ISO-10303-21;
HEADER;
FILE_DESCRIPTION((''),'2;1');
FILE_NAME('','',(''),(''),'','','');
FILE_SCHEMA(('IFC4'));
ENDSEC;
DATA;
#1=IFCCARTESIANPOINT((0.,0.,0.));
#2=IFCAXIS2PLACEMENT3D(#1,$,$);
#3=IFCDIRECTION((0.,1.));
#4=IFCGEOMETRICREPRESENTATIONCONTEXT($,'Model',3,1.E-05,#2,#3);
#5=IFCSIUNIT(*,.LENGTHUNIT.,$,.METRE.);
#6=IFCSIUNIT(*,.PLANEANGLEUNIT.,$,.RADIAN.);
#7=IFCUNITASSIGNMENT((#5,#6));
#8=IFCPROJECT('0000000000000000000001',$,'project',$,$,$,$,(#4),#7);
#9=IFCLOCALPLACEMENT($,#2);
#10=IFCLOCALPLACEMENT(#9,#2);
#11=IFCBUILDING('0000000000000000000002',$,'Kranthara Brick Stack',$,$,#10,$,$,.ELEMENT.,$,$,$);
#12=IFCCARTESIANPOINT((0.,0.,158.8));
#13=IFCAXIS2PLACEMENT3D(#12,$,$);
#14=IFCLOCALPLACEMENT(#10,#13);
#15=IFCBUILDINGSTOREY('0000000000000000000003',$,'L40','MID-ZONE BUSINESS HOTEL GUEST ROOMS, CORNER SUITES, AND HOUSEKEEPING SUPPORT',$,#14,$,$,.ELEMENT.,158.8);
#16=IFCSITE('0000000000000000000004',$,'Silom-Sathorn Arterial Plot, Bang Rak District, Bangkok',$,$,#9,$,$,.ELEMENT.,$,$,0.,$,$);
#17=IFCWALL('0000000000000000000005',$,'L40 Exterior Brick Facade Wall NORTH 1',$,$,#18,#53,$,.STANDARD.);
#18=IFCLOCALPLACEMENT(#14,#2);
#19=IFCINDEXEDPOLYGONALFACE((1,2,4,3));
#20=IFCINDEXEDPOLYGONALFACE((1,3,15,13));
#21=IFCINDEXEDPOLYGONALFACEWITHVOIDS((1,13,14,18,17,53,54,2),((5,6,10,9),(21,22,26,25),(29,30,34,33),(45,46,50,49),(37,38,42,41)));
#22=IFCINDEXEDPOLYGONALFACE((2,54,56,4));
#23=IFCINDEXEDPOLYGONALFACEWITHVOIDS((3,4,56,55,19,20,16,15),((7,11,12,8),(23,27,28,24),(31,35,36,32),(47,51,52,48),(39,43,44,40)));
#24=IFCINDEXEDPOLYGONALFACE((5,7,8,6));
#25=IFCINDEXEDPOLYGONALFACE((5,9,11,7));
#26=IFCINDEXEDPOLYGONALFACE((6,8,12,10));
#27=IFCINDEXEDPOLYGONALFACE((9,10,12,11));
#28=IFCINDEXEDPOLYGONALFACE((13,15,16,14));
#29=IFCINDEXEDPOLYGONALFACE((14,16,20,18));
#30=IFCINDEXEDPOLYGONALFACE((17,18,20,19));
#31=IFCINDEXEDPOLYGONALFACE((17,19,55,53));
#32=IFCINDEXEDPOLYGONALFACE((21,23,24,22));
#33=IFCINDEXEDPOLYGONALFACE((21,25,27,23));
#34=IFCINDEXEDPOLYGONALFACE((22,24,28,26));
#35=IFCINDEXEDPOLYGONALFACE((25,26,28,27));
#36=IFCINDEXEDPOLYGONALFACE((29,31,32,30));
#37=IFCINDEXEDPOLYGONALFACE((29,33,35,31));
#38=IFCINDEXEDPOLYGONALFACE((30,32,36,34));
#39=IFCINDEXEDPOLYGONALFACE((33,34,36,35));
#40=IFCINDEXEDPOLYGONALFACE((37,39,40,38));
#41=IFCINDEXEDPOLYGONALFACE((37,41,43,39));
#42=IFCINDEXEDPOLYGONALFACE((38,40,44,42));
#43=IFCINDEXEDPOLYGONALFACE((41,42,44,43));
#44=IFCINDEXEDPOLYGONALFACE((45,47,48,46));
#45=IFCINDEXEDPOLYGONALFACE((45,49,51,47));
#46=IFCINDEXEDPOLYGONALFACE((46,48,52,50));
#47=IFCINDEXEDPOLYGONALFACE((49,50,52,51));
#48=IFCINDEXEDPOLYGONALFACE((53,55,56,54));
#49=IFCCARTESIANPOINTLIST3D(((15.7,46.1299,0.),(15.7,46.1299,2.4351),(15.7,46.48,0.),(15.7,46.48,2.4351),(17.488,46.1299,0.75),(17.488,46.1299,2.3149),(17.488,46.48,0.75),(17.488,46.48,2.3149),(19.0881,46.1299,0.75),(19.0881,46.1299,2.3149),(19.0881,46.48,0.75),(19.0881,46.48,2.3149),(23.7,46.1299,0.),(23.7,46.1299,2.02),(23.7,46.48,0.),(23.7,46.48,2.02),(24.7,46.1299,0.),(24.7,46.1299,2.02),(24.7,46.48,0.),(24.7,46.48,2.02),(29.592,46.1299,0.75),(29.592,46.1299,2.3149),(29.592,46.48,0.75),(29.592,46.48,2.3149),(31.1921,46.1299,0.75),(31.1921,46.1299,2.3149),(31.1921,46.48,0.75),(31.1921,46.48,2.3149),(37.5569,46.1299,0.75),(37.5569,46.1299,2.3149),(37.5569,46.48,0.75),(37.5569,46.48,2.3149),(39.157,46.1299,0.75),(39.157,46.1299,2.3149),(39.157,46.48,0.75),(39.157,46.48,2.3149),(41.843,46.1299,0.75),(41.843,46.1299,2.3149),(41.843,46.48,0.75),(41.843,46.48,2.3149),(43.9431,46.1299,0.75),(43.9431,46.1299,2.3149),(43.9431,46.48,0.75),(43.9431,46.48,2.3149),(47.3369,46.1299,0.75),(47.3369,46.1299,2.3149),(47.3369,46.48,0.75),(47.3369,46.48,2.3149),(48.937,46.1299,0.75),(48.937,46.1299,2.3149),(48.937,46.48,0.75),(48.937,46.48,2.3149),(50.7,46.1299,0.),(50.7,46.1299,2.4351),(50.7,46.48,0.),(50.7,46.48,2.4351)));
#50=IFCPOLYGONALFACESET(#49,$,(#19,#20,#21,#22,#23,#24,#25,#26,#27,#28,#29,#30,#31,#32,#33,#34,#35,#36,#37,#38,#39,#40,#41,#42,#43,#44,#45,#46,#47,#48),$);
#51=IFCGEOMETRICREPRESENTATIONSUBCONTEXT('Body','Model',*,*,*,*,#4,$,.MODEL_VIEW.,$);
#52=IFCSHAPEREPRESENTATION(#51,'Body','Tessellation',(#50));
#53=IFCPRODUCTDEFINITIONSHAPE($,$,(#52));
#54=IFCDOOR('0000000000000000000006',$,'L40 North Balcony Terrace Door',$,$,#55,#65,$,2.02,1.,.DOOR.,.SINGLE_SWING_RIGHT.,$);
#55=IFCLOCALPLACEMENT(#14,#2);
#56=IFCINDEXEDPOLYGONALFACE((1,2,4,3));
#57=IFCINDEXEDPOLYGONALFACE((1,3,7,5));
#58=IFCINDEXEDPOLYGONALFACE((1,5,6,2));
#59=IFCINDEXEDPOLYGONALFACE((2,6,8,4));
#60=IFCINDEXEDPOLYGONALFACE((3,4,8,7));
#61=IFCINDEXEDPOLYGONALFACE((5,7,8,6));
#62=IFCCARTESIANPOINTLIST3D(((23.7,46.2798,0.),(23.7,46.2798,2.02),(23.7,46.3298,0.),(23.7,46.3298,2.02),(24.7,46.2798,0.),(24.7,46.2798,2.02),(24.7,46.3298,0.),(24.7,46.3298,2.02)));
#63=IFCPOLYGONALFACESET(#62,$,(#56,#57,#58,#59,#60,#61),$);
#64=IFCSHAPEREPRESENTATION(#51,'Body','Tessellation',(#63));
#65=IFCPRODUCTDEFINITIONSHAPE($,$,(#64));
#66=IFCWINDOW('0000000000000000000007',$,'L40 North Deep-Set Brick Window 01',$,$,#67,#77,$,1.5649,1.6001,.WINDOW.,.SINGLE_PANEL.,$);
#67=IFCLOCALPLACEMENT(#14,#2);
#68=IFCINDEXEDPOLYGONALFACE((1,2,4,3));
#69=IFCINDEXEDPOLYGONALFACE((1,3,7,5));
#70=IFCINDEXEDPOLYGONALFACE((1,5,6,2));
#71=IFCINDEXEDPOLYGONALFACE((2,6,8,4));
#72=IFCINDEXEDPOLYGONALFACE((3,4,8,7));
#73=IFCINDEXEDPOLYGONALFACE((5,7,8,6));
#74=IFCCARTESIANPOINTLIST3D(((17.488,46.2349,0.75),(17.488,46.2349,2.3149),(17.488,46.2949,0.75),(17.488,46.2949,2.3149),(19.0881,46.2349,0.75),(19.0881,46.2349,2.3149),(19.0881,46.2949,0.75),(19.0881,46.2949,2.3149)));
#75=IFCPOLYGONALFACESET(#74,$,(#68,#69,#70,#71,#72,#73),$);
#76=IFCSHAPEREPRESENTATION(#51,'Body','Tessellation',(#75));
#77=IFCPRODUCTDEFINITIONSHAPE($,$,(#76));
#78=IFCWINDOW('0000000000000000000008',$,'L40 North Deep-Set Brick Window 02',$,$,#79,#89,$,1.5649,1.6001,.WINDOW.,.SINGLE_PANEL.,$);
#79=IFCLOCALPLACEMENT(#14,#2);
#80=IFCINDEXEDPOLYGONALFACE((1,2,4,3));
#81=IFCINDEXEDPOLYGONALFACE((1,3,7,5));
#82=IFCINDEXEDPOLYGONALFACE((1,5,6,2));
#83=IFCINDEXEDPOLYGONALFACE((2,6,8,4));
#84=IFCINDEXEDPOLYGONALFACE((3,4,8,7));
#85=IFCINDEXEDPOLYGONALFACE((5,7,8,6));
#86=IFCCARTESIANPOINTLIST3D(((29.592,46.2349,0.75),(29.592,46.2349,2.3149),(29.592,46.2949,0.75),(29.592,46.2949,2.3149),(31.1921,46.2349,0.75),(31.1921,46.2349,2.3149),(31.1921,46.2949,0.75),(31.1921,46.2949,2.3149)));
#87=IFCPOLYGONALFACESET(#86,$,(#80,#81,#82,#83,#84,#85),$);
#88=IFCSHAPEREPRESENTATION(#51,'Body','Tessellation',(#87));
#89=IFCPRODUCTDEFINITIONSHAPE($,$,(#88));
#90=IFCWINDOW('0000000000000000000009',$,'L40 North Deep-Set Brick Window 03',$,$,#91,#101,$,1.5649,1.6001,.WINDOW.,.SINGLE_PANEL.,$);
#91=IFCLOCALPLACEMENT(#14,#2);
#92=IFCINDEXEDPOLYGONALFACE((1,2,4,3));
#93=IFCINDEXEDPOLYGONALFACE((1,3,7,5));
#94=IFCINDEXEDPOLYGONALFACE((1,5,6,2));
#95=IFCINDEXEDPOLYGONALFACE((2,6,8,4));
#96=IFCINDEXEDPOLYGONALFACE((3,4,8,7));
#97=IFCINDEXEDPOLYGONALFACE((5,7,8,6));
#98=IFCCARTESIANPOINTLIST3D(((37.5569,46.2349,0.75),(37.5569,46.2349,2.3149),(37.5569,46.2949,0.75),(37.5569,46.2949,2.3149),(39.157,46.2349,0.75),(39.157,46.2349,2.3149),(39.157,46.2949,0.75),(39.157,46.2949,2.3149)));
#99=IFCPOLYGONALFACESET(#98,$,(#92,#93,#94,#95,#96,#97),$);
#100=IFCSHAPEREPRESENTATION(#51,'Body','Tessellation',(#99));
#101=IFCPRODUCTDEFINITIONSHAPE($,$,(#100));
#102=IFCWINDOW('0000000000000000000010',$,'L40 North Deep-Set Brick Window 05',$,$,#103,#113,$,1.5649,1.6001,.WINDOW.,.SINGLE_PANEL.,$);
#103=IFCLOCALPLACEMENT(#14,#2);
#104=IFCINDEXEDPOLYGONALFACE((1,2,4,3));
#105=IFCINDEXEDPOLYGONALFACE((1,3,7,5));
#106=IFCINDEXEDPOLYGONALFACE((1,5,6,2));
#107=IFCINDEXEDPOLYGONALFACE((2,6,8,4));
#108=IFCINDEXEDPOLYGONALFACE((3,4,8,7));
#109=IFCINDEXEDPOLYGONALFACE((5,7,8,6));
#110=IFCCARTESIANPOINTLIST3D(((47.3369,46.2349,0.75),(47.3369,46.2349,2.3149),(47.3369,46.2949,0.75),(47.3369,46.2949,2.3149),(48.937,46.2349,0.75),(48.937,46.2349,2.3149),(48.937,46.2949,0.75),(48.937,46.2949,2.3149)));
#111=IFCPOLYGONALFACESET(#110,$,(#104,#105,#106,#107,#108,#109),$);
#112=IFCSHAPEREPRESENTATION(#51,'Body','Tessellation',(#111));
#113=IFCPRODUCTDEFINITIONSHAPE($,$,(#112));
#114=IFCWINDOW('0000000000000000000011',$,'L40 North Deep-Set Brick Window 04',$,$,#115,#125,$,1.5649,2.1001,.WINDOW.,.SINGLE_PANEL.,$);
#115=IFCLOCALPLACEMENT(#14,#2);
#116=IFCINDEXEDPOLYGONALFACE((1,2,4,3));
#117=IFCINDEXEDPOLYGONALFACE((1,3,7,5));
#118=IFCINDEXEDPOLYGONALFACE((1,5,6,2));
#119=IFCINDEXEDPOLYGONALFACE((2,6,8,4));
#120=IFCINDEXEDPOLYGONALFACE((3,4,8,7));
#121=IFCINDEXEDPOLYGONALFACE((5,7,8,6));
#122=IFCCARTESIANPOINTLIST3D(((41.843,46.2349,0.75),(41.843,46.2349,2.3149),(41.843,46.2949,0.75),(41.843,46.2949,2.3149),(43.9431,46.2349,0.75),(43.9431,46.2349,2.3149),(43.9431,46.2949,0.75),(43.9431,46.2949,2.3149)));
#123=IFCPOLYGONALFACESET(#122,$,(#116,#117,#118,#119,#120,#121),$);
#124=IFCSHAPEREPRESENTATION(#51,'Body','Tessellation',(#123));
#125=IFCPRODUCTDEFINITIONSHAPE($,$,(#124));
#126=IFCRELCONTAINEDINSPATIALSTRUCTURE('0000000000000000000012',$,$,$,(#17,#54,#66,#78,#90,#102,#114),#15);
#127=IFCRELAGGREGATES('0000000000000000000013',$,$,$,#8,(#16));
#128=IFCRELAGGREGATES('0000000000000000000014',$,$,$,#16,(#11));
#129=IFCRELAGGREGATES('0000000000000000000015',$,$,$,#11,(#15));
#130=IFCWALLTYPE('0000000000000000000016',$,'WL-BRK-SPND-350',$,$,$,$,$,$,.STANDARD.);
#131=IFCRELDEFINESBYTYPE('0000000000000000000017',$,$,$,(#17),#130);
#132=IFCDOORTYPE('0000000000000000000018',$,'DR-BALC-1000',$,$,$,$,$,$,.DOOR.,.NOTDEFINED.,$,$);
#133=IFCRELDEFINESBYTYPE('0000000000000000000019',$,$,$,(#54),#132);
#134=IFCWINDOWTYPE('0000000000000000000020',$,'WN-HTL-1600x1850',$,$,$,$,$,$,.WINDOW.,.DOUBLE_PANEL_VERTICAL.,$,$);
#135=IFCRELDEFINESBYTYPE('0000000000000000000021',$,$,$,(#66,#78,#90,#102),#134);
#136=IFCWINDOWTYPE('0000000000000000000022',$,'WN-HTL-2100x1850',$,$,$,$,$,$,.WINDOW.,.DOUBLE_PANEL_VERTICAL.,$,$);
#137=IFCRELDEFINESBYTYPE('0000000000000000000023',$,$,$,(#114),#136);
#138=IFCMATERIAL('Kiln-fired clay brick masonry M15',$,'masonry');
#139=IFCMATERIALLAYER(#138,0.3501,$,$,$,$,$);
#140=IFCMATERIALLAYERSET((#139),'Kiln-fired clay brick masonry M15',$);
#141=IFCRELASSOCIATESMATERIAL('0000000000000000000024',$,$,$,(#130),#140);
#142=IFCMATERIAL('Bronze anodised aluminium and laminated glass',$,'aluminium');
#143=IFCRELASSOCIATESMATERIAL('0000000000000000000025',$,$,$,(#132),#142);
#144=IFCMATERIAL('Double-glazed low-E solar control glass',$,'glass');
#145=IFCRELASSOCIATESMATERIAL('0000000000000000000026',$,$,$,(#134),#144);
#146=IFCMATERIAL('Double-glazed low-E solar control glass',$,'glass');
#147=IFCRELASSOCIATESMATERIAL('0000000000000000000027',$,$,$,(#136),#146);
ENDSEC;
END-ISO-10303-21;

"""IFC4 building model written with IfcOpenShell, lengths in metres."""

from ifc_helpers import new_model, si_unit, direction, frame, frame_2d, origin, place, context, subcontext, project, spatial, rectangle, extrude, material, layer, layer_set, type_object, element, fill, save


model = new_model("IFC4")

# Units and contexts
model_context = context("Model", 3, precision=1e-05, world=origin(), true_north=direction((0.0, 1.0)))
body_context = subcontext(model_context, "Body", "Model", "MODEL_VIEW")
ifc_project = project(units=[si_unit("LENGTHUNIT", "METRE"), si_unit("PLANEANGLEUNIT", "RADIAN")], contexts=[model_context])

# Site, building, storey
site_placement = place(None, origin())
site = spatial("IfcSite", under=ifc_project, at=site_placement, Name="Silom-Sathorn Arterial Plot, Bang Rak District, Bangkok", CompositionType="ELEMENT", RefElevation=0.0)
building_placement = place(site_placement, origin())
building = spatial("IfcBuilding", under=site, at=building_placement, Name="Kranthara Brick Stack", CompositionType="ELEMENT")
storey_placement = place(building_placement, frame((0.0, 0.0, 158.8)))
storey = spatial("IfcBuildingStorey", under=building, at=storey_placement, Name="L40", Description="MID-ZONE BUSINESS HOTEL GUEST ROOMS, CORNER SUITES, AND HOUSEKEEPING SUPPORT", CompositionType="ELEMENT", Elevation=158.8)

# Wall, openings, door, windows
ifc_material_1 = material(Name="Kiln-fired clay brick masonry M15", Category="masonry")
ifc_layer_1 = layer(ifc_material_1, 0.3501)
ifc_layer_set_1 = layer_set([ifc_layer_1], Name="Kiln-fired clay brick masonry M15")
wall_type = type_object("IfcWallType", Name="WL-BRK-SPND-350", PredefinedType="STANDARD", material=ifc_layer_set_1)
wall_placement = place(storey_placement, frame((15.7, 46.3049, 0.0), z_axis=(0.0, 0.0, 1.0), x_axis=(1.0, 0.0, 0.0)))
wall = element("IfcWall", 1, at=wall_placement, inside=storey, type_object=wall_type, Name="L40 Exterior Brick Facade Wall NORTH 1", PredefinedType="STANDARD", context=body_context, shape_type="SweptSolid", body=[
    extrude(rectangle(XDim=35.0, YDim=0.3501, at=frame_2d((17.5, 0.0))), origin(), (0.0, 0.0, 1.0), 2.4351),
])
opening_1_placement = place(wall_placement, frame((8.0, 0.0, 0.0)))
opening_1 = element("IfcOpeningElement", 2, at=opening_1_placement, cuts=wall, PredefinedType="OPENING", context=body_context, shape_type="SweptSolid", body=[
    extrude(rectangle(XDim=1.0, YDim=2.02, at=frame_2d((0.5, 1.01))), frame((0.0, 0.1851, 0.0), z_axis=(0.0, -1.0, 0.0), x_axis=(1.0, 0.0, 0.0)), (0.0, 0.0, 1.0), 0.3701),
])
opening_2_placement = place(wall_placement, frame((1.7881, 0.0, 0.75)))
opening_2 = element("IfcOpeningElement", 3, at=opening_2_placement, cuts=wall, PredefinedType="OPENING", context=body_context, shape_type="SweptSolid", body=[
    extrude(rectangle(XDim=1.6001, YDim=1.5649, at=frame_2d((0.8, 0.7825))), frame((0.0, 0.1851, 0.0), z_axis=(0.0, -1.0, 0.0), x_axis=(1.0, 0.0, 0.0)), (0.0, 0.0, 1.0), 0.3701),
])
opening_3_placement = place(wall_placement, frame((13.8921, 0.0, 0.75)))
opening_3 = element("IfcOpeningElement", 4, at=opening_3_placement, cuts=wall, PredefinedType="OPENING", context=body_context, shape_type="SweptSolid", body=[
    extrude(rectangle(XDim=1.6001, YDim=1.5649, at=frame_2d((0.8, 0.7825))), frame((0.0, 0.1851, 0.0), z_axis=(0.0, -1.0, 0.0), x_axis=(1.0, 0.0, 0.0)), (0.0, 0.0, 1.0), 0.3701),
])
opening_4_placement = place(wall_placement, frame((21.8569, 0.0, 0.75)))
opening_4 = element("IfcOpeningElement", 5, at=opening_4_placement, cuts=wall, PredefinedType="OPENING", context=body_context, shape_type="SweptSolid", body=[
    extrude(rectangle(XDim=1.6001, YDim=1.5649, at=frame_2d((0.8, 0.7825))), frame((0.0, 0.1851, 0.0), z_axis=(0.0, -1.0, 0.0), x_axis=(1.0, 0.0, 0.0)), (0.0, 0.0, 1.0), 0.3701),
])
opening_5_placement = place(wall_placement, frame((26.1431, 0.0, 0.75)))
opening_5 = element("IfcOpeningElement", 6, at=opening_5_placement, cuts=wall, PredefinedType="OPENING", context=body_context, shape_type="SweptSolid", body=[
    extrude(rectangle(XDim=2.1001, YDim=1.5649, at=frame_2d((1.05, 0.7825))), frame((0.0, 0.1851, 0.0), z_axis=(0.0, -1.0, 0.0), x_axis=(1.0, 0.0, 0.0)), (0.0, 0.0, 1.0), 0.3701),
])
opening_6_placement = place(wall_placement, frame((31.637, 0.0, 0.75)))
opening_6 = element("IfcOpeningElement", 7, at=opening_6_placement, cuts=wall, PredefinedType="OPENING", context=body_context, shape_type="SweptSolid", body=[
    extrude(rectangle(XDim=1.6001, YDim=1.5649, at=frame_2d((0.8, 0.7825))), frame((0.0, 0.1851, 0.0), z_axis=(0.0, -1.0, 0.0), x_axis=(1.0, 0.0, 0.0)), (0.0, 0.0, 1.0), 0.3701),
])
ifc_material_2 = material(Name="Bronze anodised aluminium and laminated glass", Category="aluminium")
door_type = type_object("IfcDoorType", Name="DR-BALC-1000", OperationType="NOTDEFINED", PredefinedType="DOOR", material=ifc_material_2)
door_placement = place(opening_1_placement, origin())
door = element("IfcDoor", 8, at=door_placement, inside=storey, type_object=door_type, Name="L40 North Balcony Terrace Door", OperationType="SINGLE_SWING_RIGHT", OverallHeight=2.02, OverallWidth=1.0, PredefinedType="DOOR", context=body_context, shape_type="SweptSolid", body=[
    extrude(rectangle(XDim=1.0, YDim=2.02, at=frame_2d((0.5, 1.01))), frame((0.0, 0.0249, 0.0), z_axis=(0.0, -1.0, 0.0), x_axis=(1.0, 0.0, 0.0)), (0.0, 0.0, 1.0), 0.05),
])
fill(opening_1, door)
ifc_material_3 = material(Name="Double-glazed low-E solar control glass", Category="glass")
window_type_1 = type_object("IfcWindowType", Name="WN-HTL-1600x1850", PartitioningType="DOUBLE_PANEL_VERTICAL", PredefinedType="WINDOW", material=ifc_material_3)
window_1_placement = place(opening_2_placement, origin())
window_1 = element("IfcWindow", 9, at=window_1_placement, inside=storey, type_object=window_type_1, Name="L40 North Deep-Set Brick Window 01", OverallHeight=1.5649, OverallWidth=1.6001, PartitioningType="SINGLE_PANEL", PredefinedType="WINDOW", context=body_context, shape_type="SweptSolid", body=[
    extrude(rectangle(XDim=1.6001, YDim=1.5649, at=frame_2d((0.8, 0.7825))), frame((0.0, -0.01, 0.0), z_axis=(0.0, -1.0, 0.0), x_axis=(1.0, 0.0, 0.0)), (0.0, 0.0, 1.0), 0.0601),
])
fill(opening_2, window_1)
window_2_placement = place(opening_3_placement, origin())
window_2 = element("IfcWindow", 10, at=window_2_placement, inside=storey, type_object=window_type_1, Name="L40 North Deep-Set Brick Window 02", OverallHeight=1.5649, OverallWidth=1.6001, PartitioningType="SINGLE_PANEL", PredefinedType="WINDOW", context=body_context, shape_type="SweptSolid", body=[
    extrude(rectangle(XDim=1.6001, YDim=1.5649, at=frame_2d((0.8, 0.7825))), frame((0.0, -0.01, 0.0), z_axis=(0.0, -1.0, 0.0), x_axis=(1.0, 0.0, 0.0)), (0.0, 0.0, 1.0), 0.0601),
])
fill(opening_3, window_2)
window_3_placement = place(opening_4_placement, origin())
window_3 = element("IfcWindow", 11, at=window_3_placement, inside=storey, type_object=window_type_1, Name="L40 North Deep-Set Brick Window 03", OverallHeight=1.5649, OverallWidth=1.6001, PartitioningType="SINGLE_PANEL", PredefinedType="WINDOW", context=body_context, shape_type="SweptSolid", body=[
    extrude(rectangle(XDim=1.6001, YDim=1.5649, at=frame_2d((0.8, 0.7825))), frame((0.0, -0.01, 0.0), z_axis=(0.0, -1.0, 0.0), x_axis=(1.0, 0.0, 0.0)), (0.0, 0.0, 1.0), 0.0601),
])
fill(opening_4, window_3)
window_4_placement = place(opening_6_placement, origin())
window_4 = element("IfcWindow", 12, at=window_4_placement, inside=storey, type_object=window_type_1, Name="L40 North Deep-Set Brick Window 05", OverallHeight=1.5649, OverallWidth=1.6001, PartitioningType="SINGLE_PANEL", PredefinedType="WINDOW", context=body_context, shape_type="SweptSolid", body=[
    extrude(rectangle(XDim=1.6001, YDim=1.5649, at=frame_2d((0.8, 0.7825))), frame((0.0, -0.01, 0.0), z_axis=(0.0, -1.0, 0.0), x_axis=(1.0, 0.0, 0.0)), (0.0, 0.0, 1.0), 0.0601),
])
fill(opening_6, window_4)
ifc_material_4 = material(Name="Double-glazed low-E solar control glass", Category="glass")
window_type_2 = type_object("IfcWindowType", Name="WN-HTL-2100x1850", PartitioningType="DOUBLE_PANEL_VERTICAL", PredefinedType="WINDOW", material=ifc_material_4)
window_5_placement = place(opening_5_placement, origin())
window_5 = element("IfcWindow", 13, at=window_5_placement, inside=storey, type_object=window_type_2, Name="L40 North Deep-Set Brick Window 04", OverallHeight=1.5649, OverallWidth=2.1001, PartitioningType="SINGLE_PANEL", PredefinedType="WINDOW", context=body_context, shape_type="SweptSolid", body=[
    extrude(rectangle(XDim=2.1001, YDim=1.5649, at=frame_2d((1.05, 0.7825))), frame((0.0, -0.01, 0.0), z_axis=(0.0, -1.0, 0.0), x_axis=(1.0, 0.0, 0.0)), (0.0, 0.0, 1.0), 0.0601),
])
fill(opening_5, window_5)

save(model, "model.ifc")
